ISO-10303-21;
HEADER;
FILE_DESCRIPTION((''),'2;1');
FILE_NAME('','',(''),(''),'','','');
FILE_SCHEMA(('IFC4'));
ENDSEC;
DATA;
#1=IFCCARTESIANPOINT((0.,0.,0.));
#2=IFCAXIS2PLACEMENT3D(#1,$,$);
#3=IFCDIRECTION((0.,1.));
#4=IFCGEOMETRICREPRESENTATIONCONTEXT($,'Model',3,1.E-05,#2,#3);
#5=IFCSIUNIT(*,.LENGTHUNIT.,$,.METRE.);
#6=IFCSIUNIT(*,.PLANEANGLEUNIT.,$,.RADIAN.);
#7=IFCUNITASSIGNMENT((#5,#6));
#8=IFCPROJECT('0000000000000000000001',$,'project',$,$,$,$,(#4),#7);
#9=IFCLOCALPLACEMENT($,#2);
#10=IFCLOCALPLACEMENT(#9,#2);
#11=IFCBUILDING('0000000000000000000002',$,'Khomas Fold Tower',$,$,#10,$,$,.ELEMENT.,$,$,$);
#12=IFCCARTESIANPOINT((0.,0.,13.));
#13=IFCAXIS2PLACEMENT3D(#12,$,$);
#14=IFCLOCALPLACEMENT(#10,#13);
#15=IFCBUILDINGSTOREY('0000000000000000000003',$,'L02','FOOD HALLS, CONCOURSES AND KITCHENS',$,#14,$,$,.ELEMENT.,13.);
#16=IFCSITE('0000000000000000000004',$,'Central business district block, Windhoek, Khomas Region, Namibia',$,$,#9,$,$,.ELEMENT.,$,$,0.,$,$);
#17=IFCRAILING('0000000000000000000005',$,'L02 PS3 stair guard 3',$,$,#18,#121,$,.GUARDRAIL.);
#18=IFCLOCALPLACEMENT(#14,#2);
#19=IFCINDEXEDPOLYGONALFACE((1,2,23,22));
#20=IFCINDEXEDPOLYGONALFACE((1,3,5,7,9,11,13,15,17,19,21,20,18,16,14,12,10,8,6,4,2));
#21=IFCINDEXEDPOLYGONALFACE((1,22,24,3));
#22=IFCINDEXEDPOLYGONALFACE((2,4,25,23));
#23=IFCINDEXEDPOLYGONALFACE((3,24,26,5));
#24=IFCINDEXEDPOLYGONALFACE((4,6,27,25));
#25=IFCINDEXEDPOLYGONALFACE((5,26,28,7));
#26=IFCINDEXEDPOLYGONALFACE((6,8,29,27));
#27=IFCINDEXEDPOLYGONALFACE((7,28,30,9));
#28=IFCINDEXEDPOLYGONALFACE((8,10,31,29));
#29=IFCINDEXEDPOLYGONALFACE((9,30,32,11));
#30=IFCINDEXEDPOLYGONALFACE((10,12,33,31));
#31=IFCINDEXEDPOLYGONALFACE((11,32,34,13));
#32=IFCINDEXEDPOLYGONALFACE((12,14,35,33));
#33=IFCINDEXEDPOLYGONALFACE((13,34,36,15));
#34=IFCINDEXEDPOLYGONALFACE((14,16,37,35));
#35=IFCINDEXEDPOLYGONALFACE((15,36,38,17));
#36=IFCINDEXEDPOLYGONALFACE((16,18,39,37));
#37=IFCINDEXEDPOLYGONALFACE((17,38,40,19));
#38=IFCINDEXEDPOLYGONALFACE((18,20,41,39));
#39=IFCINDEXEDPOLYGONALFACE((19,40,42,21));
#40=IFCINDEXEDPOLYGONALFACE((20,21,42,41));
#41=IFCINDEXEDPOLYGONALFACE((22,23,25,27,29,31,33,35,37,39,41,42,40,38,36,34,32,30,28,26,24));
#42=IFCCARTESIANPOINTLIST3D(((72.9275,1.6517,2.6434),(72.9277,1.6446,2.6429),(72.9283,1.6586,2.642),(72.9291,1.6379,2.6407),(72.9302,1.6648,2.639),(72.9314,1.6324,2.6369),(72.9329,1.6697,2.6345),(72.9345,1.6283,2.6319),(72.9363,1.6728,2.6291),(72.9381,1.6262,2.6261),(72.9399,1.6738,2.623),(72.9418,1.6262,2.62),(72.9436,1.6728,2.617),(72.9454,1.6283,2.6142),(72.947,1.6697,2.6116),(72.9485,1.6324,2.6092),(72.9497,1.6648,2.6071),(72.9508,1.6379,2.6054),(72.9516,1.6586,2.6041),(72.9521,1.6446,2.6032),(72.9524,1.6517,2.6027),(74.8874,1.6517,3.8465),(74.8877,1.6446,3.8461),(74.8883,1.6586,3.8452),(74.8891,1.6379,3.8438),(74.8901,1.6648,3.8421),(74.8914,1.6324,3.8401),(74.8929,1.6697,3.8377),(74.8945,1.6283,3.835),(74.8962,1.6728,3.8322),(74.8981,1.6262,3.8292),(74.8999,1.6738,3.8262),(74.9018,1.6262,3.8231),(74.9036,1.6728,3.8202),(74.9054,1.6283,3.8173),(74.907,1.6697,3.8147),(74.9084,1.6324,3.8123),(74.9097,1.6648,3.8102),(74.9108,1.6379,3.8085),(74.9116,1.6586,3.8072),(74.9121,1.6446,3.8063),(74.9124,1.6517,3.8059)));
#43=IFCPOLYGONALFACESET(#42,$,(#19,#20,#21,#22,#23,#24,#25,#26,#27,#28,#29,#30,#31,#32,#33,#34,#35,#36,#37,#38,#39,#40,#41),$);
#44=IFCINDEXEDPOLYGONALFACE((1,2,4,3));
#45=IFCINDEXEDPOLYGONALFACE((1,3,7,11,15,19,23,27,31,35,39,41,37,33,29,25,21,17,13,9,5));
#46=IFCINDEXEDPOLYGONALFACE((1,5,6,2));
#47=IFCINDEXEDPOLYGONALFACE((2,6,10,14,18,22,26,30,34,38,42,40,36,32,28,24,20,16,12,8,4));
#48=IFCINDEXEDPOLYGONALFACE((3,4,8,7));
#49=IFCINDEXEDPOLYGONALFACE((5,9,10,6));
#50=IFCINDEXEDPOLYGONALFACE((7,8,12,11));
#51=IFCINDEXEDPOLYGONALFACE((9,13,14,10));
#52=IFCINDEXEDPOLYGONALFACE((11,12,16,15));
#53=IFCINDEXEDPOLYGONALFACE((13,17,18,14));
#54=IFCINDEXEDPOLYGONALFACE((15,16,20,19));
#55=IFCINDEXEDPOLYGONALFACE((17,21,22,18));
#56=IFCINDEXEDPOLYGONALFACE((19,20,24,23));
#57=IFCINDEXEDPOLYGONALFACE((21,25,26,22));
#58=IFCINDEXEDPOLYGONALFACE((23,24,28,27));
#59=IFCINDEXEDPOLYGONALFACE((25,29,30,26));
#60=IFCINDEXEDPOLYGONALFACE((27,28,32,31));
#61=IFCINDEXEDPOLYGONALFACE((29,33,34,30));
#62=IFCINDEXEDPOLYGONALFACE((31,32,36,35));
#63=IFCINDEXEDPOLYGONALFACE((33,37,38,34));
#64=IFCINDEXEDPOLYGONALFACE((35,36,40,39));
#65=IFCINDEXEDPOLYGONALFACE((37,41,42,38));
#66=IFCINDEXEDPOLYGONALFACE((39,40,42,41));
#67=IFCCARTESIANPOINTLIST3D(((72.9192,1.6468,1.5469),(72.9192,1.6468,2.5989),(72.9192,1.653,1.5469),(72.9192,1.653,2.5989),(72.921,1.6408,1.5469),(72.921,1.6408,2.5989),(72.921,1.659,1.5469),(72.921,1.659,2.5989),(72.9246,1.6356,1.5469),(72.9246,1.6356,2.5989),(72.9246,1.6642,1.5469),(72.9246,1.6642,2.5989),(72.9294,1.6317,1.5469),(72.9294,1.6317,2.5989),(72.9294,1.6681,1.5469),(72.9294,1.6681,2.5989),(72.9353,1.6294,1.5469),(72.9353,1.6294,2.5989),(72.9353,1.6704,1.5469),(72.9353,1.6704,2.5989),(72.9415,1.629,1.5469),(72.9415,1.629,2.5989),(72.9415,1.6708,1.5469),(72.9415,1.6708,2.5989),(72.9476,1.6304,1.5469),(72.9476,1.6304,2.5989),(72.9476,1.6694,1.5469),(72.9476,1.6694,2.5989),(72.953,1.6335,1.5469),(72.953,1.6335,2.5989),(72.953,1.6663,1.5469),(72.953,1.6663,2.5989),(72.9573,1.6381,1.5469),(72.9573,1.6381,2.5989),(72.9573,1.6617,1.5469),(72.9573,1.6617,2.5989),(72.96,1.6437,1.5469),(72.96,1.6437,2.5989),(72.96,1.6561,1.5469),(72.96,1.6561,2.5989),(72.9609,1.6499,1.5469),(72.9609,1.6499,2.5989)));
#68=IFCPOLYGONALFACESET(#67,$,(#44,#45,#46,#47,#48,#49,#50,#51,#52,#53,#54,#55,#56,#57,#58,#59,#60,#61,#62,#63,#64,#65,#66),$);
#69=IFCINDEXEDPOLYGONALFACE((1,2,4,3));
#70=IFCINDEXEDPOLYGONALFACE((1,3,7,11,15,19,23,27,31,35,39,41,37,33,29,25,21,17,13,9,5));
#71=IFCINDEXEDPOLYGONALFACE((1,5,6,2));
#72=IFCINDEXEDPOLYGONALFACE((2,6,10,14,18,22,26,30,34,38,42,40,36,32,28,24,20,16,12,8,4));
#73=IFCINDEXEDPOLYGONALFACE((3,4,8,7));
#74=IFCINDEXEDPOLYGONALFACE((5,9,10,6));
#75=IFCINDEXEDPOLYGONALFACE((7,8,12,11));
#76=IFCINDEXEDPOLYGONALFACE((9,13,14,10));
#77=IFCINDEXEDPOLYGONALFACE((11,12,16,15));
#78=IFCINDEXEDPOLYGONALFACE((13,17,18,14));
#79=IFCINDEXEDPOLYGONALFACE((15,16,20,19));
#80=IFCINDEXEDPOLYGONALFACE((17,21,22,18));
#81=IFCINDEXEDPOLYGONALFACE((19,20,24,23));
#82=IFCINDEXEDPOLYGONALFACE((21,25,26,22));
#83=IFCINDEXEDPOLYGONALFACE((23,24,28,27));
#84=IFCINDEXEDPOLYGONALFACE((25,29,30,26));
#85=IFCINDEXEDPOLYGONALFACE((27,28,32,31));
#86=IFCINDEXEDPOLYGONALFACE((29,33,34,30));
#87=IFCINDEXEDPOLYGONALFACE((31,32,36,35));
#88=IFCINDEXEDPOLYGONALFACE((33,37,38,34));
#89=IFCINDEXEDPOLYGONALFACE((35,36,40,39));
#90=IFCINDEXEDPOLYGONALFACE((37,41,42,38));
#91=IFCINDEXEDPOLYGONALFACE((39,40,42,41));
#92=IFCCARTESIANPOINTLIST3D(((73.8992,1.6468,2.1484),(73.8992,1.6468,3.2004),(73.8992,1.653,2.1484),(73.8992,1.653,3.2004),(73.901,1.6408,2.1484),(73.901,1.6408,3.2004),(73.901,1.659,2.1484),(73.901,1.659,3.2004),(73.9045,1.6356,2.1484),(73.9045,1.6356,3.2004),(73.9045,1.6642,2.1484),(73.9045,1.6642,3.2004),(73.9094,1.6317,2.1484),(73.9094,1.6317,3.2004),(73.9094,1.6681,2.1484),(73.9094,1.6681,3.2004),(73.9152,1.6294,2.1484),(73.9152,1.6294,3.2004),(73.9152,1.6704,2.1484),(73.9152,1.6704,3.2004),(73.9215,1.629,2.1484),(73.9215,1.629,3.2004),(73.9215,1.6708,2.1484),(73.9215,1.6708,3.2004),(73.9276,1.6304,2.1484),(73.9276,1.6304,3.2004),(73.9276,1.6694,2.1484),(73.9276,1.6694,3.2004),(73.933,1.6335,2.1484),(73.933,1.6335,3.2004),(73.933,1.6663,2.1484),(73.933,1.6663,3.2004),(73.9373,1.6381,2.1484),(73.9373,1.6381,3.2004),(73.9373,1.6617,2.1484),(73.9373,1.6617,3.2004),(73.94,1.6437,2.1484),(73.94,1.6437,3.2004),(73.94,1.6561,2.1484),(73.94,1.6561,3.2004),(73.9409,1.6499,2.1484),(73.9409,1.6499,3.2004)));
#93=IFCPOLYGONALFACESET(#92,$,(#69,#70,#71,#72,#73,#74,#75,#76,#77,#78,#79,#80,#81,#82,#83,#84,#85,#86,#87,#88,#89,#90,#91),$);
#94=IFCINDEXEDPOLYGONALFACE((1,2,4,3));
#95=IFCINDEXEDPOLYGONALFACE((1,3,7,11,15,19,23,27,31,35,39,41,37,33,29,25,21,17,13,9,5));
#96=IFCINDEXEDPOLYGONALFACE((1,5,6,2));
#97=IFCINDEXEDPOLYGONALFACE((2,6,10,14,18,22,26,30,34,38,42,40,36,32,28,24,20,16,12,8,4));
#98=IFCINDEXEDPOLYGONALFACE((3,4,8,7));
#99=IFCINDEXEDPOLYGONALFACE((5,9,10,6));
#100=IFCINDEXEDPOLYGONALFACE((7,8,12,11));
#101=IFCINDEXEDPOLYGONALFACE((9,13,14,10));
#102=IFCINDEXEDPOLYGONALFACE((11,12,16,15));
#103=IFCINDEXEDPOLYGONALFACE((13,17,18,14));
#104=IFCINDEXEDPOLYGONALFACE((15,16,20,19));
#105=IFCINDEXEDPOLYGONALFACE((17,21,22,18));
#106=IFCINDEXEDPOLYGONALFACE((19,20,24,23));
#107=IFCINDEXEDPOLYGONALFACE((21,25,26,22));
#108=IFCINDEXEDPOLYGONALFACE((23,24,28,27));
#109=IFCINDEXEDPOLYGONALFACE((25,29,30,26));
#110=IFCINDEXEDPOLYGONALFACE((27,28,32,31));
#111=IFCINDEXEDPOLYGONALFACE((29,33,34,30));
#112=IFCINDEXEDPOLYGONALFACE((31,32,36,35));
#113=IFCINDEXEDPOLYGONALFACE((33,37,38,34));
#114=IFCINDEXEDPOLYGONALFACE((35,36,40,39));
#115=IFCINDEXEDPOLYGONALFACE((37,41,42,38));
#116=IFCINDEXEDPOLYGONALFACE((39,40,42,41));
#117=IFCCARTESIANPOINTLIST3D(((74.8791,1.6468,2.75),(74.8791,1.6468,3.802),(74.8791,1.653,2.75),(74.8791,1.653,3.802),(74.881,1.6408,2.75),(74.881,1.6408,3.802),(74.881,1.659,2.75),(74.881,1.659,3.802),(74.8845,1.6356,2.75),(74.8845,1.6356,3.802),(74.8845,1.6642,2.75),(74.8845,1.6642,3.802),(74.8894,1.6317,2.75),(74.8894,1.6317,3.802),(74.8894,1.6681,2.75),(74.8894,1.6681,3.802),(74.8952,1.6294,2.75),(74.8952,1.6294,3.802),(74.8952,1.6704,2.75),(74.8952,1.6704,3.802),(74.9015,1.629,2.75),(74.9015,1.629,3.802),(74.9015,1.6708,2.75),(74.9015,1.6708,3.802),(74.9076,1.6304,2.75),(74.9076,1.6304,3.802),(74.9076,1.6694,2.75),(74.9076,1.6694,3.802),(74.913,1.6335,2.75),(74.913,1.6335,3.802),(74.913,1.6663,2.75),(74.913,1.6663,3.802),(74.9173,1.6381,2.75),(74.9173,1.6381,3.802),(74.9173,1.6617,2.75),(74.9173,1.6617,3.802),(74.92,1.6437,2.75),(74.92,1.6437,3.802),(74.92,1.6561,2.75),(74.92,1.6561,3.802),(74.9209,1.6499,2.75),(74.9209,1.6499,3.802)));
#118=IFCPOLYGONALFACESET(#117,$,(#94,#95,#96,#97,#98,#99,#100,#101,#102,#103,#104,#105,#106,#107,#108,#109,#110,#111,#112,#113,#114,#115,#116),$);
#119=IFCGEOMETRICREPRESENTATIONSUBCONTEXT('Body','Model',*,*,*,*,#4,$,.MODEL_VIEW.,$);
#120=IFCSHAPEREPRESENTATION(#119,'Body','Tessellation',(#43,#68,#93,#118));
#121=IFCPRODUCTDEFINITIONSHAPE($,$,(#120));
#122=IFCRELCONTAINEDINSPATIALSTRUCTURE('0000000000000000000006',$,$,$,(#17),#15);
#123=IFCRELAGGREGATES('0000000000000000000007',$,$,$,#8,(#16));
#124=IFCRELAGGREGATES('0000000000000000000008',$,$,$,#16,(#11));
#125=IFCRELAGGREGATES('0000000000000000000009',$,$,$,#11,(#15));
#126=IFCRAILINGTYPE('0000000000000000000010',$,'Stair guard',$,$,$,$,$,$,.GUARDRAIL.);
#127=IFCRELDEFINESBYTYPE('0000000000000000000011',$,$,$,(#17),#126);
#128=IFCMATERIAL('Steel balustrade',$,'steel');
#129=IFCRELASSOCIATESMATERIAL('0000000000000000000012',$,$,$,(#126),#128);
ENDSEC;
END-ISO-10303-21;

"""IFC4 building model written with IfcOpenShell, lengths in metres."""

from ifc_helpers import new_model, si_unit, direction, frame, origin, origin_2d, place, context, subcontext, project, spatial, circle, extrude, source, transform, mapped, material, type_object, element, save


model = new_model("IFC4")

# Units and contexts
model_context = context("Model", 3, precision=1e-05, world=origin(), true_north=direction((0.0, 1.0)))
body_context = subcontext(model_context, "Body", "Model", "MODEL_VIEW")
ifc_project = project(units=[si_unit("LENGTHUNIT", "METRE"), si_unit("PLANEANGLEUNIT", "RADIAN")], contexts=[model_context])

# Site, building, storey
site_placement = place(None, origin())
site = spatial("IfcSite", under=ifc_project, at=site_placement, Name="Central business district block, Windhoek, Khomas Region, Namibia", CompositionType="ELEMENT", RefElevation=0.0)
building_placement = place(site_placement, origin())
building = spatial("IfcBuilding", under=site, at=building_placement, Name="Khomas Fold Tower", CompositionType="ELEMENT")
storey_placement = place(building_placement, frame((0.0, 0.0, 13.0)))
storey = spatial("IfcBuildingStorey", under=building, at=storey_placement, Name="L02", Description="FOOD HALLS, CONCOURSES AND KITCHENS", CompositionType="ELEMENT", Elevation=13.0)

# Railing
ifc_material_1 = material(Name="Steel balustrade", Category="steel")
railing_type_1 = type_object("IfcRailingType", Name="Stair guard", PredefinedType="GUARDRAIL", material=ifc_material_1)
shared_shape_1 = source(origin(), body_context, "Body", "SweptSolid", [
    extrude(circle(Radius=0.0239, at=origin_2d()), frame((0.0, 0.0, 1.0762), z_axis=(0.852241, 0.0, 0.523149), x_axis=(0.0, 1.0, 0.0)), (0.0, 0.0, 1.0), 2.2998),
    extrude(circle(Radius=0.021, at=origin_2d()), origin(), (0.0, 0.0, 1.0), 1.052),
    extrude(circle(Radius=0.021, at=origin_2d()), frame((0.98, 0.0, 0.6016)), (0.0, 0.0, 1.0), 1.052),
    extrude(circle(Radius=0.021, at=origin_2d()), frame((1.96, 0.0, 1.2031)), (0.0, 0.0, 1.0), 1.052),
])
for number, where, name in (
    (1, (72.9399, 1.6499, 1.5469), "L02 PS3 stair guard 3"),
):
    element("IfcRailing", number, at=place(storey_placement, frame(where)), inside=storey, type_object=railing_type_1, Name=name, PredefinedType="GUARDRAIL", context=body_context, shape_type="MappedRepresentation", body=[
        mapped(shared_shape_1, transform((0.0, 0.0, 0.0))),
    ])

save(model, "model.ifc")
